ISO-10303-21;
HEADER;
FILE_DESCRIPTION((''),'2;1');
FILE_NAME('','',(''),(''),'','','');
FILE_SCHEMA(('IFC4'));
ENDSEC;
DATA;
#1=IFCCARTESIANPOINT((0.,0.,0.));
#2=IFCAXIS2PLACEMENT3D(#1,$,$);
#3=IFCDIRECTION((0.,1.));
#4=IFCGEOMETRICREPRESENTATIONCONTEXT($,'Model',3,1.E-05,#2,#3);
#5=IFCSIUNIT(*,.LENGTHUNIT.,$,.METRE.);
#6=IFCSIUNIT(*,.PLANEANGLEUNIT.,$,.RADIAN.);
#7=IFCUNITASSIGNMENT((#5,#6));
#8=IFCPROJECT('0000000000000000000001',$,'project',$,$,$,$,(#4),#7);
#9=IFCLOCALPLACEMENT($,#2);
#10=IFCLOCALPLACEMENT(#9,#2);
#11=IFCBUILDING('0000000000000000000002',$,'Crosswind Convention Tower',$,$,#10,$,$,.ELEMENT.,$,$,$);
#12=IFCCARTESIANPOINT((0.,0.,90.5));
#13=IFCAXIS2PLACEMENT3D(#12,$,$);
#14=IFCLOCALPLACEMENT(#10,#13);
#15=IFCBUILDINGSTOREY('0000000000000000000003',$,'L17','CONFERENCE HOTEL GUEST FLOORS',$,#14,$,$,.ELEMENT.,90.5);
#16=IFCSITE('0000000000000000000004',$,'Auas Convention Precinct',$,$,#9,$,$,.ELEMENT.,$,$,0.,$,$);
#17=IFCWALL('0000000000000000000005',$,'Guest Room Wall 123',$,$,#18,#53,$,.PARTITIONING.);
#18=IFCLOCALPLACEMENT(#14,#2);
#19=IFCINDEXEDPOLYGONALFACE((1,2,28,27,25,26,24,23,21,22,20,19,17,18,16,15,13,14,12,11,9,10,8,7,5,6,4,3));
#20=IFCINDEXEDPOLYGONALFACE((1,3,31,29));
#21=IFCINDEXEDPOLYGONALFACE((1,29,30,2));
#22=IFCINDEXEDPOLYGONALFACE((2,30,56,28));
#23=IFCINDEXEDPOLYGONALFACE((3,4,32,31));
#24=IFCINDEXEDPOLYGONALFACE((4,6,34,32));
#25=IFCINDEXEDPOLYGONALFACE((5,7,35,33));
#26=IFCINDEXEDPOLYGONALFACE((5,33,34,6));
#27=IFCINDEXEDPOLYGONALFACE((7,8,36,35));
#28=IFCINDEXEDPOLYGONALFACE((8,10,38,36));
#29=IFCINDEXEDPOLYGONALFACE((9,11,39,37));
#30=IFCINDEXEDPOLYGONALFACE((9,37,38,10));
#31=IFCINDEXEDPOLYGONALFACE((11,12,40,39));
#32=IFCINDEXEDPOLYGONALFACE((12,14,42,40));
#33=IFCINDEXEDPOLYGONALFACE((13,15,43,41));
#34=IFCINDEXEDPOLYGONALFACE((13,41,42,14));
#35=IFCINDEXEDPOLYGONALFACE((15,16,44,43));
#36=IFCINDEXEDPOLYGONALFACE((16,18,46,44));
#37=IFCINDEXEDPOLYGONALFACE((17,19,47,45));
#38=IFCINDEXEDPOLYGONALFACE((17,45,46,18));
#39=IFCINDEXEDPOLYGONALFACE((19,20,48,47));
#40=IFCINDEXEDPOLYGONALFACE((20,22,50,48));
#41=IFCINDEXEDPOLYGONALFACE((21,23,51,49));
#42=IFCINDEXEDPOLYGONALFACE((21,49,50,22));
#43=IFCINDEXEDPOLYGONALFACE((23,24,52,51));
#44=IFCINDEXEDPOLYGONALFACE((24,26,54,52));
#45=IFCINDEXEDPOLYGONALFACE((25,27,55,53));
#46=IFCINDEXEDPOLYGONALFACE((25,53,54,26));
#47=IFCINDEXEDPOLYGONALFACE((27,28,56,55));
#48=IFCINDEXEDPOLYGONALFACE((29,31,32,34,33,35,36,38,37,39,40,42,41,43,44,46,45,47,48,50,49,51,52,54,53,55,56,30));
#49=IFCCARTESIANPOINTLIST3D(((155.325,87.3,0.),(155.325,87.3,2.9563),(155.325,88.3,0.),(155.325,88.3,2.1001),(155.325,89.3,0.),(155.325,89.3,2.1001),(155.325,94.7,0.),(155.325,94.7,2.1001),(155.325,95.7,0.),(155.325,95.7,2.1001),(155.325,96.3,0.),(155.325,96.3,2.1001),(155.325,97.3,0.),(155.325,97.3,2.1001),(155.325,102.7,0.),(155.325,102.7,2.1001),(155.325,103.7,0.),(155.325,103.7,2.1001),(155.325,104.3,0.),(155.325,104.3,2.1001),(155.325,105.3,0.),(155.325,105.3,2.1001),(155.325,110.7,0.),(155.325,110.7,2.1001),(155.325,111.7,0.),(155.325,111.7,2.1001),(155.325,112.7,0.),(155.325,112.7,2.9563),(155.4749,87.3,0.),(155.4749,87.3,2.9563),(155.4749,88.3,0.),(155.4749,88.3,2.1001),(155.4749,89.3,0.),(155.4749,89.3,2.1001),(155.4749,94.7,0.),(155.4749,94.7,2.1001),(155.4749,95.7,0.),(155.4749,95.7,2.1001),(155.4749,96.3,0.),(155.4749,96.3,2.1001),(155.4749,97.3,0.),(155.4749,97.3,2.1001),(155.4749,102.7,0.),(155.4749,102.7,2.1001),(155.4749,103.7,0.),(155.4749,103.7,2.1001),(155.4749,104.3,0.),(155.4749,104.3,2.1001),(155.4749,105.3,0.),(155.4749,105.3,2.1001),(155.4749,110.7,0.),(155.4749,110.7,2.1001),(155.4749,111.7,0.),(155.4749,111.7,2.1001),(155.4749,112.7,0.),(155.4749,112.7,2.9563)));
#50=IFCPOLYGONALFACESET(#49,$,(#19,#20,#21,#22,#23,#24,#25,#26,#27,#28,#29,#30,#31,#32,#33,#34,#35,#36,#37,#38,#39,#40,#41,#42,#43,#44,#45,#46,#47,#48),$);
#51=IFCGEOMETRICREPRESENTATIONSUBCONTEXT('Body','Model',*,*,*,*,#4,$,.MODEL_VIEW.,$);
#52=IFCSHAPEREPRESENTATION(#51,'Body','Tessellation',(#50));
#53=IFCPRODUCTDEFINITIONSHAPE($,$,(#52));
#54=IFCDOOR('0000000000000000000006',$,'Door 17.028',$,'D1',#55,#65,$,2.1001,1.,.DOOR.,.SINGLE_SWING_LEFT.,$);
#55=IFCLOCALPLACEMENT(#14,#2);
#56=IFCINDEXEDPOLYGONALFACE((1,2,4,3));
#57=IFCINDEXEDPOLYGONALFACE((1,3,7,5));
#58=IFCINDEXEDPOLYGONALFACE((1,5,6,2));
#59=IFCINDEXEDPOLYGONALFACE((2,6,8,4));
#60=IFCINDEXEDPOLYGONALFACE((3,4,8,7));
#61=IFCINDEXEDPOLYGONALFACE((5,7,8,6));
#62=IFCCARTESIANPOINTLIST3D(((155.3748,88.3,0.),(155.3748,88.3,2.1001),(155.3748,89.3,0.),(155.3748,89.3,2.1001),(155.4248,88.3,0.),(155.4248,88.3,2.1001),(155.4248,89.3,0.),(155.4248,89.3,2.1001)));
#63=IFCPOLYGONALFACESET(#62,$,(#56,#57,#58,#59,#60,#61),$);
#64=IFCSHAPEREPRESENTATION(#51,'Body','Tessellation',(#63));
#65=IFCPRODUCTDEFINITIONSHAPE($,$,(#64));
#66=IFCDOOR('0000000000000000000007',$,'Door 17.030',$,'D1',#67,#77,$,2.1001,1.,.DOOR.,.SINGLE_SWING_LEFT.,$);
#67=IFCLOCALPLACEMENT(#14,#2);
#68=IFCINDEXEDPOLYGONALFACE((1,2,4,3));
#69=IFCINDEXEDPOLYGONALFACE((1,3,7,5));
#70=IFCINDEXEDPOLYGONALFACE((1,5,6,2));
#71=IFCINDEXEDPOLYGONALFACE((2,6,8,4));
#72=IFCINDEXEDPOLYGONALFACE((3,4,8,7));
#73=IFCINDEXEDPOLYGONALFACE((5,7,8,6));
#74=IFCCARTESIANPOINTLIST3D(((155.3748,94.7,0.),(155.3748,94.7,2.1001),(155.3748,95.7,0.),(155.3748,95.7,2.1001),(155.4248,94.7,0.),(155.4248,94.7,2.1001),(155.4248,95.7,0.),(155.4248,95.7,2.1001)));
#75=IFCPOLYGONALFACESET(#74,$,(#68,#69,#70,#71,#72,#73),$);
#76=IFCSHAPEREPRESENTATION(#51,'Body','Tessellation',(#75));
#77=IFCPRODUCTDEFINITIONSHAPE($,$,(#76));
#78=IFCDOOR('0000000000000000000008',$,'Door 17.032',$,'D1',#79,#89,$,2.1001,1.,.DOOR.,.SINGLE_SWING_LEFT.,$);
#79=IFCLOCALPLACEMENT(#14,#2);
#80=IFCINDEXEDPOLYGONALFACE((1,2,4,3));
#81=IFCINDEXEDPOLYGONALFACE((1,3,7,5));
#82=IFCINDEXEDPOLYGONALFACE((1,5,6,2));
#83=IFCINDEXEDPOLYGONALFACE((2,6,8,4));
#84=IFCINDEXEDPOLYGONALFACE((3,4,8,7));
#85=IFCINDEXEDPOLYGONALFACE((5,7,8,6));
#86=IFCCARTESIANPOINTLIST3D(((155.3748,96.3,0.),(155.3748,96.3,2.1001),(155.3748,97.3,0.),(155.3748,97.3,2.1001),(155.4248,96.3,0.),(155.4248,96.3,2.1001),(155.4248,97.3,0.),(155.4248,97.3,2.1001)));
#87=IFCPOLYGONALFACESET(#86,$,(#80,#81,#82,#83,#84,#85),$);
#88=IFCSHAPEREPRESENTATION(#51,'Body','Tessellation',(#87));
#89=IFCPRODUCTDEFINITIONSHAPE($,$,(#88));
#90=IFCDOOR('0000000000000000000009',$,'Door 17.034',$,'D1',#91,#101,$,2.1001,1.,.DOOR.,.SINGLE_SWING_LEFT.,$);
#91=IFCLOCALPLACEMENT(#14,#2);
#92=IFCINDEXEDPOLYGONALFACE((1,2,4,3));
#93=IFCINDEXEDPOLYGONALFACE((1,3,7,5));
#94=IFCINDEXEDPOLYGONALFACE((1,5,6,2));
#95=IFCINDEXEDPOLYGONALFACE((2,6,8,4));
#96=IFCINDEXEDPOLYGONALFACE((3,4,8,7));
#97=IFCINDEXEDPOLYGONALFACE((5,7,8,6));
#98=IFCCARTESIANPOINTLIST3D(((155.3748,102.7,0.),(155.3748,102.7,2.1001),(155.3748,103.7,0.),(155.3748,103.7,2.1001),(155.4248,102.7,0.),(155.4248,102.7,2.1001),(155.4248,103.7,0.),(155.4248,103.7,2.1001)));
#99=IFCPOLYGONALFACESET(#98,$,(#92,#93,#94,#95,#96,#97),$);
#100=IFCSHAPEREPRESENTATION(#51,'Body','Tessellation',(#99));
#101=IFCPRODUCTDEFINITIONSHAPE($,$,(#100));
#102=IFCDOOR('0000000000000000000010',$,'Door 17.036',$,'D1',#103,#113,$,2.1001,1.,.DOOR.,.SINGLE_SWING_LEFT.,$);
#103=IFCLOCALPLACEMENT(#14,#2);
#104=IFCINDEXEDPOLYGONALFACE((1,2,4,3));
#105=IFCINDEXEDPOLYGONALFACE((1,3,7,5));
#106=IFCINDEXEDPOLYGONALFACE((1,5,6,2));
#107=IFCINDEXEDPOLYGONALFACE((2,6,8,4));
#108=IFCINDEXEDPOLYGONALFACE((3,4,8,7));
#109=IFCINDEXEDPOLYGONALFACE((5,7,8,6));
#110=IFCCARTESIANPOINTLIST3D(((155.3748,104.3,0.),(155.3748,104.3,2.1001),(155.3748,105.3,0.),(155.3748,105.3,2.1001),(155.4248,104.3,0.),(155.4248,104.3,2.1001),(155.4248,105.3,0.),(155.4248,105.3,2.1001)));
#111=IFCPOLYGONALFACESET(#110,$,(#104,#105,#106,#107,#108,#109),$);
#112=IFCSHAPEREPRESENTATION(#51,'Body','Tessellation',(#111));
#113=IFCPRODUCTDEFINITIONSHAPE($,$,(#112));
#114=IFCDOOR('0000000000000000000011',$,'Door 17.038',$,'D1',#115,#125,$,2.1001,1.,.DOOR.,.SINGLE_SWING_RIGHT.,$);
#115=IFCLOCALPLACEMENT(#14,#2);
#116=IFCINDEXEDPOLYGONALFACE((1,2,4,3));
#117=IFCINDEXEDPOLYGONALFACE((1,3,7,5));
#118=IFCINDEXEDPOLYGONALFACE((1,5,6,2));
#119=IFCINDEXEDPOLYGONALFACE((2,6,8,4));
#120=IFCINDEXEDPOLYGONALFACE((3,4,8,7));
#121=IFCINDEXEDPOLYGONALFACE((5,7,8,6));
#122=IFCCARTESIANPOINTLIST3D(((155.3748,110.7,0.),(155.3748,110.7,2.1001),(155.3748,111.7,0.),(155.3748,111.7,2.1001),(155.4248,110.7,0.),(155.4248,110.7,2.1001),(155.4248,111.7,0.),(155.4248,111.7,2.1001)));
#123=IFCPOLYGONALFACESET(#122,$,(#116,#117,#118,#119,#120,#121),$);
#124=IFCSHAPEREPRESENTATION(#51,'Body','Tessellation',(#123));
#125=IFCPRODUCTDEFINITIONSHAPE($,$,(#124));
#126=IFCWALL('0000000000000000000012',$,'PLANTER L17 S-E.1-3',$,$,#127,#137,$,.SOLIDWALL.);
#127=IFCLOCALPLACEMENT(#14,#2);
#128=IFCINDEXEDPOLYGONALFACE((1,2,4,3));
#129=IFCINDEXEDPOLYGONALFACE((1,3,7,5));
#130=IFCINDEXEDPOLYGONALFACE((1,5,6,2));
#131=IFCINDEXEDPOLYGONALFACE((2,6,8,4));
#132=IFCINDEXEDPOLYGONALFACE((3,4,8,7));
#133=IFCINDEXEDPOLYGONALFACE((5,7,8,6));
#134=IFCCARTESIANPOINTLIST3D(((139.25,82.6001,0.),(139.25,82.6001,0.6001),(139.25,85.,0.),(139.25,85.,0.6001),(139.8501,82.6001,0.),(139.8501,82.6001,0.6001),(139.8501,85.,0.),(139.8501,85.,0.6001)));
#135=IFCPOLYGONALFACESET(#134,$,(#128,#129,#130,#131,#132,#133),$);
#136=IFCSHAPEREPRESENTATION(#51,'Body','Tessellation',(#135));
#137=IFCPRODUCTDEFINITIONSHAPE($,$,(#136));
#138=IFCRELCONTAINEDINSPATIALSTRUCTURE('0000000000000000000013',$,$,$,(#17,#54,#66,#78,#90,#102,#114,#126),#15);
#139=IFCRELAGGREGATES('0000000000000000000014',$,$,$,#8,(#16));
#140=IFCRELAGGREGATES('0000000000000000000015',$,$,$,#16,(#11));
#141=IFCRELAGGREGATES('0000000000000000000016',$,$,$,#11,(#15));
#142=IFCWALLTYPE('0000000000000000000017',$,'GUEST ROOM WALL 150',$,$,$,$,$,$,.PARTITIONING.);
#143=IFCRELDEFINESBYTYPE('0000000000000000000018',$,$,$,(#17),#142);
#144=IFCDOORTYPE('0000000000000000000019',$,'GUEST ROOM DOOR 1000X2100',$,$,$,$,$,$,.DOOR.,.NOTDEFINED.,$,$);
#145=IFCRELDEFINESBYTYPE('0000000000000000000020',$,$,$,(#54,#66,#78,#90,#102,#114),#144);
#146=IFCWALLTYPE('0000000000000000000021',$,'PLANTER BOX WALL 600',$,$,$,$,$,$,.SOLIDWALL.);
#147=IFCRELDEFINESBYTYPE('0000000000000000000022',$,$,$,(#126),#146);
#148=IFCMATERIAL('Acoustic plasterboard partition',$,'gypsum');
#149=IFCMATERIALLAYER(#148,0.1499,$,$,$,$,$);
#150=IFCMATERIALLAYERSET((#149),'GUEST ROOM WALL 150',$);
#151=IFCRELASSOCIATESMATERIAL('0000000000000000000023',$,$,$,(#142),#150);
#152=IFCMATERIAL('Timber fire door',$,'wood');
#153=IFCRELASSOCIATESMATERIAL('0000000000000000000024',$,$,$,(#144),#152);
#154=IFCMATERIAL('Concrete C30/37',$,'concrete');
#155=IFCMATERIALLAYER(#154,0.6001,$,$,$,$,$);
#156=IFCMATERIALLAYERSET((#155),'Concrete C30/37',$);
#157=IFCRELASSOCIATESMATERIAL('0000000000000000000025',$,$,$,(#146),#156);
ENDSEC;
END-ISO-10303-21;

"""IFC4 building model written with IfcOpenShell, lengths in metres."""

from ifc_helpers import new_model, si_unit, direction, frame, frame_2d, origin, place, context, subcontext, project, spatial, rectangle, extrude, material, layer, layer_set, type_object, element, fill, save


model = new_model("IFC4")

# Units and contexts
model_context = context("Model", 3, precision=1e-05, world=origin(), true_north=direction((0.0, 1.0)))
body_context = subcontext(model_context, "Body", "Model", "MODEL_VIEW")
ifc_project = project(units=[si_unit("LENGTHUNIT", "METRE"), si_unit("PLANEANGLEUNIT", "RADIAN")], contexts=[model_context])

# Site, building, storey
site_placement = place(None, origin())
site = spatial("IfcSite", under=ifc_project, at=site_placement, Name="Auas Convention Precinct", CompositionType="ELEMENT", RefElevation=0.0)
building_placement = place(site_placement, origin())
building = spatial("IfcBuilding", under=site, at=building_placement, Name="Crosswind Convention Tower", CompositionType="ELEMENT")
storey_placement = place(building_placement, frame((0.0, 0.0, 90.5)))
storey = spatial("IfcBuildingStorey", under=building, at=storey_placement, Name="L17", Description="CONFERENCE HOTEL GUEST FLOORS", CompositionType="ELEMENT", Elevation=90.5)

# Wall, openings, doors
ifc_material_1 = material(Name="Acoustic plasterboard partition", Category="gypsum")
ifc_layer_1 = layer(ifc_material_1, 0.1499)
ifc_layer_set_1 = layer_set([ifc_layer_1], Name="GUEST ROOM WALL 150")
wall_type_1 = type_object("IfcWallType", Name="GUEST ROOM WALL 150", PredefinedType="PARTITIONING", material=ifc_layer_set_1)
wall_1_placement = place(storey_placement, frame((155.3999, 87.3, 0.0), z_axis=(0.0, 0.0, 1.0), x_axis=(0.0, 1.0, 0.0)))
wall_1 = element("IfcWall", 1, at=wall_1_placement, inside=storey, type_object=wall_type_1, Name="Guest Room Wall 123", PredefinedType="PARTITIONING", context=body_context, shape_type="SweptSolid", body=[
    extrude(rectangle(XDim=25.3999, YDim=0.1499, at=frame_2d((12.7, 0.0))), origin(), (0.0, 0.0, 1.0), 2.9563),
])
opening_1_placement = place(wall_1_placement, frame((1.0, 0.0, 0.0)))
opening_1 = element("IfcOpeningElement", 2, at=opening_1_placement, cuts=wall_1, PredefinedType="OPENING", context=body_context, shape_type="SweptSolid", body=[
    extrude(rectangle(XDim=1.0, YDim=2.1001, at=frame_2d((0.5, 1.05))), frame((0.0, 0.085, 0.0), z_axis=(0.0, -1.0, 0.0), x_axis=(1.0, 0.0, 0.0)), (0.0, 0.0, 1.0), 0.1699),
])
opening_2_placement = place(wall_1_placement, frame((7.3999, 0.0, 0.0)))
opening_2 = element("IfcOpeningElement", 3, at=opening_2_placement, cuts=wall_1, PredefinedType="OPENING", context=body_context, shape_type="SweptSolid", body=[
    extrude(rectangle(XDim=1.0, YDim=2.1001, at=frame_2d((0.5, 1.05))), frame((0.0, 0.085, 0.0), z_axis=(0.0, -1.0, 0.0), x_axis=(1.0, 0.0, 0.0)), (0.0, 0.0, 1.0), 0.1699),
])
opening_3_placement = place(wall_1_placement, frame((9.0, 0.0, 0.0)))
opening_3 = element("IfcOpeningElement", 4, at=opening_3_placement, cuts=wall_1, PredefinedType="OPENING", context=body_context, shape_type="SweptSolid", body=[
    extrude(rectangle(XDim=1.0, YDim=2.1001, at=frame_2d((0.5, 1.05))), frame((0.0, 0.085, 0.0), z_axis=(0.0, -1.0, 0.0), x_axis=(1.0, 0.0, 0.0)), (0.0, 0.0, 1.0), 0.1699),
])
opening_4_placement = place(wall_1_placement, frame((15.3999, 0.0, 0.0)))
opening_4 = element("IfcOpeningElement", 5, at=opening_4_placement, cuts=wall_1, PredefinedType="OPENING", context=body_context, shape_type="SweptSolid", body=[
    extrude(rectangle(XDim=1.0, YDim=2.1001, at=frame_2d((0.5, 1.05))), frame((0.0, 0.085, 0.0), z_axis=(0.0, -1.0, 0.0), x_axis=(1.0, 0.0, 0.0)), (0.0, 0.0, 1.0), 0.1699),
])
opening_5_placement = place(wall_1_placement, frame((17.0, 0.0, 0.0)))
opening_5 = element("IfcOpeningElement", 6, at=opening_5_placement, cuts=wall_1, PredefinedType="OPENING", context=body_context, shape_type="SweptSolid", body=[
    extrude(rectangle(XDim=1.0, YDim=2.1001, at=frame_2d((0.5, 1.05))), frame((0.0, 0.085, 0.0), z_axis=(0.0, -1.0, 0.0), x_axis=(1.0, 0.0, 0.0)), (0.0, 0.0, 1.0), 0.1699),
])
opening_6_placement = place(wall_1_placement, frame((23.3999, 0.0, 0.0)))
opening_6 = element("IfcOpeningElement", 7, at=opening_6_placement, cuts=wall_1, PredefinedType="OPENING", context=body_context, shape_type="SweptSolid", body=[
    extrude(rectangle(XDim=1.0, YDim=2.1001, at=frame_2d((0.5, 1.05))), frame((0.0, 0.085, 0.0), z_axis=(0.0, -1.0, 0.0), x_axis=(1.0, 0.0, 0.0)), (0.0, 0.0, 1.0), 0.1699),
])
ifc_material_2 = material(Name="Timber fire door", Category="wood")
door_type = type_object("IfcDoorType", Name="GUEST ROOM DOOR 1000X2100", OperationType="NOTDEFINED", PredefinedType="DOOR", material=ifc_material_2)
door_1_placement = place(opening_1_placement, frame((1.0, 0.0, 0.0), z_axis=(0.0, 0.0, 1.0), x_axis=(-1.0, 0.0, 0.0)))
door_1 = element("IfcDoor", 8, at=door_1_placement, inside=storey, type_object=door_type, Name="Door 17.028", ObjectType="D1", OperationType="SINGLE_SWING_LEFT", OverallHeight=2.1001, OverallWidth=1.0, PredefinedType="DOOR", context=body_context, shape_type="SweptSolid", body=[
    extrude(rectangle(XDim=1.0, YDim=2.1001, at=frame_2d((0.5, 1.05))), frame((0.0, 0.0249, 0.0), z_axis=(0.0, -1.0, 0.0), x_axis=(1.0, 0.0, 0.0)), (0.0, 0.0, 1.0), 0.05),
])
fill(opening_1, door_1)
door_2_placement = place(opening_2_placement, frame((1.0, 0.0, 0.0), z_axis=(0.0, 0.0, 1.0), x_axis=(-1.0, 0.0, 0.0)))
door_2 = element("IfcDoor", 9, at=door_2_placement, inside=storey, type_object=door_type, Name="Door 17.030", ObjectType="D1", OperationType="SINGLE_SWING_LEFT", OverallHeight=2.1001, OverallWidth=1.0, PredefinedType="DOOR", context=body_context, shape_type="SweptSolid", body=[
    extrude(rectangle(XDim=1.0, YDim=2.1001, at=frame_2d((0.5, 1.05))), frame((0.0, 0.0249, 0.0), z_axis=(0.0, -1.0, 0.0), x_axis=(1.0, 0.0, 0.0)), (0.0, 0.0, 1.0), 0.05),
])
fill(opening_2, door_2)
door_3_placement = place(opening_3_placement, frame((1.0, 0.0, 0.0), z_axis=(0.0, 0.0, 1.0), x_axis=(-1.0, 0.0, 0.0)))
door_3 = element("IfcDoor", 10, at=door_3_placement, inside=storey, type_object=door_type, Name="Door 17.032", ObjectType="D1", OperationType="SINGLE_SWING_LEFT", OverallHeight=2.1001, OverallWidth=1.0, PredefinedType="DOOR", context=body_context, shape_type="SweptSolid", body=[
    extrude(rectangle(XDim=1.0, YDim=2.1001, at=frame_2d((0.5, 1.05))), frame((0.0, 0.0249, 0.0), z_axis=(0.0, -1.0, 0.0), x_axis=(1.0, 0.0, 0.0)), (0.0, 0.0, 1.0), 0.05),
])
fill(opening_3, door_3)
door_4_placement = place(opening_4_placement, frame((1.0, 0.0, 0.0), z_axis=(0.0, 0.0, 1.0), x_axis=(-1.0, 0.0, 0.0)))
door_4 = element("IfcDoor", 11, at=door_4_placement, inside=storey, type_object=door_type, Name="Door 17.034", ObjectType="D1", OperationType="SINGLE_SWING_LEFT", OverallHeight=2.1001, OverallWidth=1.0, PredefinedType="DOOR", context=body_context, shape_type="SweptSolid", body=[
    extrude(rectangle(XDim=1.0, YDim=2.1001, at=frame_2d((0.5, 1.05))), frame((0.0, 0.0249, 0.0), z_axis=(0.0, -1.0, 0.0), x_axis=(1.0, 0.0, 0.0)), (0.0, 0.0, 1.0), 0.05),
])
fill(opening_4, door_4)
door_5_placement = place(opening_5_placement, frame((1.0, 0.0, 0.0), z_axis=(0.0, 0.0, 1.0), x_axis=(-1.0, 0.0, 0.0)))
door_5 = element("IfcDoor", 12, at=door_5_placement, inside=storey, type_object=door_type, Name="Door 17.036", ObjectType="D1", OperationType="SINGLE_SWING_LEFT", OverallHeight=2.1001, OverallWidth=1.0, PredefinedType="DOOR", context=body_context, shape_type="SweptSolid", body=[
    extrude(rectangle(XDim=1.0, YDim=2.1001, at=frame_2d((0.5, 1.05))), frame((0.0, 0.0249, 0.0), z_axis=(0.0, -1.0, 0.0), x_axis=(1.0, 0.0, 0.0)), (0.0, 0.0, 1.0), 0.05),
])
fill(opening_5, door_5)
door_6_placement = place(opening_6_placement, frame((1.0, 0.0, 0.0), z_axis=(0.0, 0.0, 1.0), x_axis=(-1.0, 0.0, 0.0)))
door_6 = element("IfcDoor", 13, at=door_6_placement, inside=storey, type_object=door_type, Name="Door 17.038", ObjectType="D1", OperationType="SINGLE_SWING_RIGHT", OverallHeight=2.1001, OverallWidth=1.0, PredefinedType="DOOR", context=body_context, shape_type="SweptSolid", body=[
    extrude(rectangle(XDim=1.0, YDim=2.1001, at=frame_2d((0.5, 1.05))), frame((0.0, 0.0249, 0.0), z_axis=(0.0, -1.0, 0.0), x_axis=(1.0, 0.0, 0.0)), (0.0, 0.0, 1.0), 0.05),
])
fill(opening_6, door_6)

# Wall
ifc_material_3 = material(Name="Concrete C30/37", Category="concrete")
ifc_layer_2 = layer(ifc_material_3, 0.6001)
ifc_layer_set_2 = layer_set([ifc_layer_2], Name="Concrete C30/37")
wall_type_2 = type_object("IfcWallType", Name="PLANTER BOX WALL 600", PredefinedType="SOLIDWALL", material=ifc_layer_set_2)
wall_2_placement = place(storey_placement, frame((139.55, 82.6001, 0.0), z_axis=(0.0, 0.0, 1.0), x_axis=(0.0, 1.0, 0.0)))
element("IfcWall", 14, at=wall_2_placement, inside=storey, type_object=wall_type_2, Name="PLANTER L17 S-E.1-3", PredefinedType="SOLIDWALL", context=body_context, shape_type="SweptSolid", body=[
    extrude(rectangle(XDim=2.3999, YDim=0.6001, at=frame_2d((1.2, 0.0))), origin(), (0.0, 0.0, 1.0), 0.6001),
])

save(model, "model.ifc")
